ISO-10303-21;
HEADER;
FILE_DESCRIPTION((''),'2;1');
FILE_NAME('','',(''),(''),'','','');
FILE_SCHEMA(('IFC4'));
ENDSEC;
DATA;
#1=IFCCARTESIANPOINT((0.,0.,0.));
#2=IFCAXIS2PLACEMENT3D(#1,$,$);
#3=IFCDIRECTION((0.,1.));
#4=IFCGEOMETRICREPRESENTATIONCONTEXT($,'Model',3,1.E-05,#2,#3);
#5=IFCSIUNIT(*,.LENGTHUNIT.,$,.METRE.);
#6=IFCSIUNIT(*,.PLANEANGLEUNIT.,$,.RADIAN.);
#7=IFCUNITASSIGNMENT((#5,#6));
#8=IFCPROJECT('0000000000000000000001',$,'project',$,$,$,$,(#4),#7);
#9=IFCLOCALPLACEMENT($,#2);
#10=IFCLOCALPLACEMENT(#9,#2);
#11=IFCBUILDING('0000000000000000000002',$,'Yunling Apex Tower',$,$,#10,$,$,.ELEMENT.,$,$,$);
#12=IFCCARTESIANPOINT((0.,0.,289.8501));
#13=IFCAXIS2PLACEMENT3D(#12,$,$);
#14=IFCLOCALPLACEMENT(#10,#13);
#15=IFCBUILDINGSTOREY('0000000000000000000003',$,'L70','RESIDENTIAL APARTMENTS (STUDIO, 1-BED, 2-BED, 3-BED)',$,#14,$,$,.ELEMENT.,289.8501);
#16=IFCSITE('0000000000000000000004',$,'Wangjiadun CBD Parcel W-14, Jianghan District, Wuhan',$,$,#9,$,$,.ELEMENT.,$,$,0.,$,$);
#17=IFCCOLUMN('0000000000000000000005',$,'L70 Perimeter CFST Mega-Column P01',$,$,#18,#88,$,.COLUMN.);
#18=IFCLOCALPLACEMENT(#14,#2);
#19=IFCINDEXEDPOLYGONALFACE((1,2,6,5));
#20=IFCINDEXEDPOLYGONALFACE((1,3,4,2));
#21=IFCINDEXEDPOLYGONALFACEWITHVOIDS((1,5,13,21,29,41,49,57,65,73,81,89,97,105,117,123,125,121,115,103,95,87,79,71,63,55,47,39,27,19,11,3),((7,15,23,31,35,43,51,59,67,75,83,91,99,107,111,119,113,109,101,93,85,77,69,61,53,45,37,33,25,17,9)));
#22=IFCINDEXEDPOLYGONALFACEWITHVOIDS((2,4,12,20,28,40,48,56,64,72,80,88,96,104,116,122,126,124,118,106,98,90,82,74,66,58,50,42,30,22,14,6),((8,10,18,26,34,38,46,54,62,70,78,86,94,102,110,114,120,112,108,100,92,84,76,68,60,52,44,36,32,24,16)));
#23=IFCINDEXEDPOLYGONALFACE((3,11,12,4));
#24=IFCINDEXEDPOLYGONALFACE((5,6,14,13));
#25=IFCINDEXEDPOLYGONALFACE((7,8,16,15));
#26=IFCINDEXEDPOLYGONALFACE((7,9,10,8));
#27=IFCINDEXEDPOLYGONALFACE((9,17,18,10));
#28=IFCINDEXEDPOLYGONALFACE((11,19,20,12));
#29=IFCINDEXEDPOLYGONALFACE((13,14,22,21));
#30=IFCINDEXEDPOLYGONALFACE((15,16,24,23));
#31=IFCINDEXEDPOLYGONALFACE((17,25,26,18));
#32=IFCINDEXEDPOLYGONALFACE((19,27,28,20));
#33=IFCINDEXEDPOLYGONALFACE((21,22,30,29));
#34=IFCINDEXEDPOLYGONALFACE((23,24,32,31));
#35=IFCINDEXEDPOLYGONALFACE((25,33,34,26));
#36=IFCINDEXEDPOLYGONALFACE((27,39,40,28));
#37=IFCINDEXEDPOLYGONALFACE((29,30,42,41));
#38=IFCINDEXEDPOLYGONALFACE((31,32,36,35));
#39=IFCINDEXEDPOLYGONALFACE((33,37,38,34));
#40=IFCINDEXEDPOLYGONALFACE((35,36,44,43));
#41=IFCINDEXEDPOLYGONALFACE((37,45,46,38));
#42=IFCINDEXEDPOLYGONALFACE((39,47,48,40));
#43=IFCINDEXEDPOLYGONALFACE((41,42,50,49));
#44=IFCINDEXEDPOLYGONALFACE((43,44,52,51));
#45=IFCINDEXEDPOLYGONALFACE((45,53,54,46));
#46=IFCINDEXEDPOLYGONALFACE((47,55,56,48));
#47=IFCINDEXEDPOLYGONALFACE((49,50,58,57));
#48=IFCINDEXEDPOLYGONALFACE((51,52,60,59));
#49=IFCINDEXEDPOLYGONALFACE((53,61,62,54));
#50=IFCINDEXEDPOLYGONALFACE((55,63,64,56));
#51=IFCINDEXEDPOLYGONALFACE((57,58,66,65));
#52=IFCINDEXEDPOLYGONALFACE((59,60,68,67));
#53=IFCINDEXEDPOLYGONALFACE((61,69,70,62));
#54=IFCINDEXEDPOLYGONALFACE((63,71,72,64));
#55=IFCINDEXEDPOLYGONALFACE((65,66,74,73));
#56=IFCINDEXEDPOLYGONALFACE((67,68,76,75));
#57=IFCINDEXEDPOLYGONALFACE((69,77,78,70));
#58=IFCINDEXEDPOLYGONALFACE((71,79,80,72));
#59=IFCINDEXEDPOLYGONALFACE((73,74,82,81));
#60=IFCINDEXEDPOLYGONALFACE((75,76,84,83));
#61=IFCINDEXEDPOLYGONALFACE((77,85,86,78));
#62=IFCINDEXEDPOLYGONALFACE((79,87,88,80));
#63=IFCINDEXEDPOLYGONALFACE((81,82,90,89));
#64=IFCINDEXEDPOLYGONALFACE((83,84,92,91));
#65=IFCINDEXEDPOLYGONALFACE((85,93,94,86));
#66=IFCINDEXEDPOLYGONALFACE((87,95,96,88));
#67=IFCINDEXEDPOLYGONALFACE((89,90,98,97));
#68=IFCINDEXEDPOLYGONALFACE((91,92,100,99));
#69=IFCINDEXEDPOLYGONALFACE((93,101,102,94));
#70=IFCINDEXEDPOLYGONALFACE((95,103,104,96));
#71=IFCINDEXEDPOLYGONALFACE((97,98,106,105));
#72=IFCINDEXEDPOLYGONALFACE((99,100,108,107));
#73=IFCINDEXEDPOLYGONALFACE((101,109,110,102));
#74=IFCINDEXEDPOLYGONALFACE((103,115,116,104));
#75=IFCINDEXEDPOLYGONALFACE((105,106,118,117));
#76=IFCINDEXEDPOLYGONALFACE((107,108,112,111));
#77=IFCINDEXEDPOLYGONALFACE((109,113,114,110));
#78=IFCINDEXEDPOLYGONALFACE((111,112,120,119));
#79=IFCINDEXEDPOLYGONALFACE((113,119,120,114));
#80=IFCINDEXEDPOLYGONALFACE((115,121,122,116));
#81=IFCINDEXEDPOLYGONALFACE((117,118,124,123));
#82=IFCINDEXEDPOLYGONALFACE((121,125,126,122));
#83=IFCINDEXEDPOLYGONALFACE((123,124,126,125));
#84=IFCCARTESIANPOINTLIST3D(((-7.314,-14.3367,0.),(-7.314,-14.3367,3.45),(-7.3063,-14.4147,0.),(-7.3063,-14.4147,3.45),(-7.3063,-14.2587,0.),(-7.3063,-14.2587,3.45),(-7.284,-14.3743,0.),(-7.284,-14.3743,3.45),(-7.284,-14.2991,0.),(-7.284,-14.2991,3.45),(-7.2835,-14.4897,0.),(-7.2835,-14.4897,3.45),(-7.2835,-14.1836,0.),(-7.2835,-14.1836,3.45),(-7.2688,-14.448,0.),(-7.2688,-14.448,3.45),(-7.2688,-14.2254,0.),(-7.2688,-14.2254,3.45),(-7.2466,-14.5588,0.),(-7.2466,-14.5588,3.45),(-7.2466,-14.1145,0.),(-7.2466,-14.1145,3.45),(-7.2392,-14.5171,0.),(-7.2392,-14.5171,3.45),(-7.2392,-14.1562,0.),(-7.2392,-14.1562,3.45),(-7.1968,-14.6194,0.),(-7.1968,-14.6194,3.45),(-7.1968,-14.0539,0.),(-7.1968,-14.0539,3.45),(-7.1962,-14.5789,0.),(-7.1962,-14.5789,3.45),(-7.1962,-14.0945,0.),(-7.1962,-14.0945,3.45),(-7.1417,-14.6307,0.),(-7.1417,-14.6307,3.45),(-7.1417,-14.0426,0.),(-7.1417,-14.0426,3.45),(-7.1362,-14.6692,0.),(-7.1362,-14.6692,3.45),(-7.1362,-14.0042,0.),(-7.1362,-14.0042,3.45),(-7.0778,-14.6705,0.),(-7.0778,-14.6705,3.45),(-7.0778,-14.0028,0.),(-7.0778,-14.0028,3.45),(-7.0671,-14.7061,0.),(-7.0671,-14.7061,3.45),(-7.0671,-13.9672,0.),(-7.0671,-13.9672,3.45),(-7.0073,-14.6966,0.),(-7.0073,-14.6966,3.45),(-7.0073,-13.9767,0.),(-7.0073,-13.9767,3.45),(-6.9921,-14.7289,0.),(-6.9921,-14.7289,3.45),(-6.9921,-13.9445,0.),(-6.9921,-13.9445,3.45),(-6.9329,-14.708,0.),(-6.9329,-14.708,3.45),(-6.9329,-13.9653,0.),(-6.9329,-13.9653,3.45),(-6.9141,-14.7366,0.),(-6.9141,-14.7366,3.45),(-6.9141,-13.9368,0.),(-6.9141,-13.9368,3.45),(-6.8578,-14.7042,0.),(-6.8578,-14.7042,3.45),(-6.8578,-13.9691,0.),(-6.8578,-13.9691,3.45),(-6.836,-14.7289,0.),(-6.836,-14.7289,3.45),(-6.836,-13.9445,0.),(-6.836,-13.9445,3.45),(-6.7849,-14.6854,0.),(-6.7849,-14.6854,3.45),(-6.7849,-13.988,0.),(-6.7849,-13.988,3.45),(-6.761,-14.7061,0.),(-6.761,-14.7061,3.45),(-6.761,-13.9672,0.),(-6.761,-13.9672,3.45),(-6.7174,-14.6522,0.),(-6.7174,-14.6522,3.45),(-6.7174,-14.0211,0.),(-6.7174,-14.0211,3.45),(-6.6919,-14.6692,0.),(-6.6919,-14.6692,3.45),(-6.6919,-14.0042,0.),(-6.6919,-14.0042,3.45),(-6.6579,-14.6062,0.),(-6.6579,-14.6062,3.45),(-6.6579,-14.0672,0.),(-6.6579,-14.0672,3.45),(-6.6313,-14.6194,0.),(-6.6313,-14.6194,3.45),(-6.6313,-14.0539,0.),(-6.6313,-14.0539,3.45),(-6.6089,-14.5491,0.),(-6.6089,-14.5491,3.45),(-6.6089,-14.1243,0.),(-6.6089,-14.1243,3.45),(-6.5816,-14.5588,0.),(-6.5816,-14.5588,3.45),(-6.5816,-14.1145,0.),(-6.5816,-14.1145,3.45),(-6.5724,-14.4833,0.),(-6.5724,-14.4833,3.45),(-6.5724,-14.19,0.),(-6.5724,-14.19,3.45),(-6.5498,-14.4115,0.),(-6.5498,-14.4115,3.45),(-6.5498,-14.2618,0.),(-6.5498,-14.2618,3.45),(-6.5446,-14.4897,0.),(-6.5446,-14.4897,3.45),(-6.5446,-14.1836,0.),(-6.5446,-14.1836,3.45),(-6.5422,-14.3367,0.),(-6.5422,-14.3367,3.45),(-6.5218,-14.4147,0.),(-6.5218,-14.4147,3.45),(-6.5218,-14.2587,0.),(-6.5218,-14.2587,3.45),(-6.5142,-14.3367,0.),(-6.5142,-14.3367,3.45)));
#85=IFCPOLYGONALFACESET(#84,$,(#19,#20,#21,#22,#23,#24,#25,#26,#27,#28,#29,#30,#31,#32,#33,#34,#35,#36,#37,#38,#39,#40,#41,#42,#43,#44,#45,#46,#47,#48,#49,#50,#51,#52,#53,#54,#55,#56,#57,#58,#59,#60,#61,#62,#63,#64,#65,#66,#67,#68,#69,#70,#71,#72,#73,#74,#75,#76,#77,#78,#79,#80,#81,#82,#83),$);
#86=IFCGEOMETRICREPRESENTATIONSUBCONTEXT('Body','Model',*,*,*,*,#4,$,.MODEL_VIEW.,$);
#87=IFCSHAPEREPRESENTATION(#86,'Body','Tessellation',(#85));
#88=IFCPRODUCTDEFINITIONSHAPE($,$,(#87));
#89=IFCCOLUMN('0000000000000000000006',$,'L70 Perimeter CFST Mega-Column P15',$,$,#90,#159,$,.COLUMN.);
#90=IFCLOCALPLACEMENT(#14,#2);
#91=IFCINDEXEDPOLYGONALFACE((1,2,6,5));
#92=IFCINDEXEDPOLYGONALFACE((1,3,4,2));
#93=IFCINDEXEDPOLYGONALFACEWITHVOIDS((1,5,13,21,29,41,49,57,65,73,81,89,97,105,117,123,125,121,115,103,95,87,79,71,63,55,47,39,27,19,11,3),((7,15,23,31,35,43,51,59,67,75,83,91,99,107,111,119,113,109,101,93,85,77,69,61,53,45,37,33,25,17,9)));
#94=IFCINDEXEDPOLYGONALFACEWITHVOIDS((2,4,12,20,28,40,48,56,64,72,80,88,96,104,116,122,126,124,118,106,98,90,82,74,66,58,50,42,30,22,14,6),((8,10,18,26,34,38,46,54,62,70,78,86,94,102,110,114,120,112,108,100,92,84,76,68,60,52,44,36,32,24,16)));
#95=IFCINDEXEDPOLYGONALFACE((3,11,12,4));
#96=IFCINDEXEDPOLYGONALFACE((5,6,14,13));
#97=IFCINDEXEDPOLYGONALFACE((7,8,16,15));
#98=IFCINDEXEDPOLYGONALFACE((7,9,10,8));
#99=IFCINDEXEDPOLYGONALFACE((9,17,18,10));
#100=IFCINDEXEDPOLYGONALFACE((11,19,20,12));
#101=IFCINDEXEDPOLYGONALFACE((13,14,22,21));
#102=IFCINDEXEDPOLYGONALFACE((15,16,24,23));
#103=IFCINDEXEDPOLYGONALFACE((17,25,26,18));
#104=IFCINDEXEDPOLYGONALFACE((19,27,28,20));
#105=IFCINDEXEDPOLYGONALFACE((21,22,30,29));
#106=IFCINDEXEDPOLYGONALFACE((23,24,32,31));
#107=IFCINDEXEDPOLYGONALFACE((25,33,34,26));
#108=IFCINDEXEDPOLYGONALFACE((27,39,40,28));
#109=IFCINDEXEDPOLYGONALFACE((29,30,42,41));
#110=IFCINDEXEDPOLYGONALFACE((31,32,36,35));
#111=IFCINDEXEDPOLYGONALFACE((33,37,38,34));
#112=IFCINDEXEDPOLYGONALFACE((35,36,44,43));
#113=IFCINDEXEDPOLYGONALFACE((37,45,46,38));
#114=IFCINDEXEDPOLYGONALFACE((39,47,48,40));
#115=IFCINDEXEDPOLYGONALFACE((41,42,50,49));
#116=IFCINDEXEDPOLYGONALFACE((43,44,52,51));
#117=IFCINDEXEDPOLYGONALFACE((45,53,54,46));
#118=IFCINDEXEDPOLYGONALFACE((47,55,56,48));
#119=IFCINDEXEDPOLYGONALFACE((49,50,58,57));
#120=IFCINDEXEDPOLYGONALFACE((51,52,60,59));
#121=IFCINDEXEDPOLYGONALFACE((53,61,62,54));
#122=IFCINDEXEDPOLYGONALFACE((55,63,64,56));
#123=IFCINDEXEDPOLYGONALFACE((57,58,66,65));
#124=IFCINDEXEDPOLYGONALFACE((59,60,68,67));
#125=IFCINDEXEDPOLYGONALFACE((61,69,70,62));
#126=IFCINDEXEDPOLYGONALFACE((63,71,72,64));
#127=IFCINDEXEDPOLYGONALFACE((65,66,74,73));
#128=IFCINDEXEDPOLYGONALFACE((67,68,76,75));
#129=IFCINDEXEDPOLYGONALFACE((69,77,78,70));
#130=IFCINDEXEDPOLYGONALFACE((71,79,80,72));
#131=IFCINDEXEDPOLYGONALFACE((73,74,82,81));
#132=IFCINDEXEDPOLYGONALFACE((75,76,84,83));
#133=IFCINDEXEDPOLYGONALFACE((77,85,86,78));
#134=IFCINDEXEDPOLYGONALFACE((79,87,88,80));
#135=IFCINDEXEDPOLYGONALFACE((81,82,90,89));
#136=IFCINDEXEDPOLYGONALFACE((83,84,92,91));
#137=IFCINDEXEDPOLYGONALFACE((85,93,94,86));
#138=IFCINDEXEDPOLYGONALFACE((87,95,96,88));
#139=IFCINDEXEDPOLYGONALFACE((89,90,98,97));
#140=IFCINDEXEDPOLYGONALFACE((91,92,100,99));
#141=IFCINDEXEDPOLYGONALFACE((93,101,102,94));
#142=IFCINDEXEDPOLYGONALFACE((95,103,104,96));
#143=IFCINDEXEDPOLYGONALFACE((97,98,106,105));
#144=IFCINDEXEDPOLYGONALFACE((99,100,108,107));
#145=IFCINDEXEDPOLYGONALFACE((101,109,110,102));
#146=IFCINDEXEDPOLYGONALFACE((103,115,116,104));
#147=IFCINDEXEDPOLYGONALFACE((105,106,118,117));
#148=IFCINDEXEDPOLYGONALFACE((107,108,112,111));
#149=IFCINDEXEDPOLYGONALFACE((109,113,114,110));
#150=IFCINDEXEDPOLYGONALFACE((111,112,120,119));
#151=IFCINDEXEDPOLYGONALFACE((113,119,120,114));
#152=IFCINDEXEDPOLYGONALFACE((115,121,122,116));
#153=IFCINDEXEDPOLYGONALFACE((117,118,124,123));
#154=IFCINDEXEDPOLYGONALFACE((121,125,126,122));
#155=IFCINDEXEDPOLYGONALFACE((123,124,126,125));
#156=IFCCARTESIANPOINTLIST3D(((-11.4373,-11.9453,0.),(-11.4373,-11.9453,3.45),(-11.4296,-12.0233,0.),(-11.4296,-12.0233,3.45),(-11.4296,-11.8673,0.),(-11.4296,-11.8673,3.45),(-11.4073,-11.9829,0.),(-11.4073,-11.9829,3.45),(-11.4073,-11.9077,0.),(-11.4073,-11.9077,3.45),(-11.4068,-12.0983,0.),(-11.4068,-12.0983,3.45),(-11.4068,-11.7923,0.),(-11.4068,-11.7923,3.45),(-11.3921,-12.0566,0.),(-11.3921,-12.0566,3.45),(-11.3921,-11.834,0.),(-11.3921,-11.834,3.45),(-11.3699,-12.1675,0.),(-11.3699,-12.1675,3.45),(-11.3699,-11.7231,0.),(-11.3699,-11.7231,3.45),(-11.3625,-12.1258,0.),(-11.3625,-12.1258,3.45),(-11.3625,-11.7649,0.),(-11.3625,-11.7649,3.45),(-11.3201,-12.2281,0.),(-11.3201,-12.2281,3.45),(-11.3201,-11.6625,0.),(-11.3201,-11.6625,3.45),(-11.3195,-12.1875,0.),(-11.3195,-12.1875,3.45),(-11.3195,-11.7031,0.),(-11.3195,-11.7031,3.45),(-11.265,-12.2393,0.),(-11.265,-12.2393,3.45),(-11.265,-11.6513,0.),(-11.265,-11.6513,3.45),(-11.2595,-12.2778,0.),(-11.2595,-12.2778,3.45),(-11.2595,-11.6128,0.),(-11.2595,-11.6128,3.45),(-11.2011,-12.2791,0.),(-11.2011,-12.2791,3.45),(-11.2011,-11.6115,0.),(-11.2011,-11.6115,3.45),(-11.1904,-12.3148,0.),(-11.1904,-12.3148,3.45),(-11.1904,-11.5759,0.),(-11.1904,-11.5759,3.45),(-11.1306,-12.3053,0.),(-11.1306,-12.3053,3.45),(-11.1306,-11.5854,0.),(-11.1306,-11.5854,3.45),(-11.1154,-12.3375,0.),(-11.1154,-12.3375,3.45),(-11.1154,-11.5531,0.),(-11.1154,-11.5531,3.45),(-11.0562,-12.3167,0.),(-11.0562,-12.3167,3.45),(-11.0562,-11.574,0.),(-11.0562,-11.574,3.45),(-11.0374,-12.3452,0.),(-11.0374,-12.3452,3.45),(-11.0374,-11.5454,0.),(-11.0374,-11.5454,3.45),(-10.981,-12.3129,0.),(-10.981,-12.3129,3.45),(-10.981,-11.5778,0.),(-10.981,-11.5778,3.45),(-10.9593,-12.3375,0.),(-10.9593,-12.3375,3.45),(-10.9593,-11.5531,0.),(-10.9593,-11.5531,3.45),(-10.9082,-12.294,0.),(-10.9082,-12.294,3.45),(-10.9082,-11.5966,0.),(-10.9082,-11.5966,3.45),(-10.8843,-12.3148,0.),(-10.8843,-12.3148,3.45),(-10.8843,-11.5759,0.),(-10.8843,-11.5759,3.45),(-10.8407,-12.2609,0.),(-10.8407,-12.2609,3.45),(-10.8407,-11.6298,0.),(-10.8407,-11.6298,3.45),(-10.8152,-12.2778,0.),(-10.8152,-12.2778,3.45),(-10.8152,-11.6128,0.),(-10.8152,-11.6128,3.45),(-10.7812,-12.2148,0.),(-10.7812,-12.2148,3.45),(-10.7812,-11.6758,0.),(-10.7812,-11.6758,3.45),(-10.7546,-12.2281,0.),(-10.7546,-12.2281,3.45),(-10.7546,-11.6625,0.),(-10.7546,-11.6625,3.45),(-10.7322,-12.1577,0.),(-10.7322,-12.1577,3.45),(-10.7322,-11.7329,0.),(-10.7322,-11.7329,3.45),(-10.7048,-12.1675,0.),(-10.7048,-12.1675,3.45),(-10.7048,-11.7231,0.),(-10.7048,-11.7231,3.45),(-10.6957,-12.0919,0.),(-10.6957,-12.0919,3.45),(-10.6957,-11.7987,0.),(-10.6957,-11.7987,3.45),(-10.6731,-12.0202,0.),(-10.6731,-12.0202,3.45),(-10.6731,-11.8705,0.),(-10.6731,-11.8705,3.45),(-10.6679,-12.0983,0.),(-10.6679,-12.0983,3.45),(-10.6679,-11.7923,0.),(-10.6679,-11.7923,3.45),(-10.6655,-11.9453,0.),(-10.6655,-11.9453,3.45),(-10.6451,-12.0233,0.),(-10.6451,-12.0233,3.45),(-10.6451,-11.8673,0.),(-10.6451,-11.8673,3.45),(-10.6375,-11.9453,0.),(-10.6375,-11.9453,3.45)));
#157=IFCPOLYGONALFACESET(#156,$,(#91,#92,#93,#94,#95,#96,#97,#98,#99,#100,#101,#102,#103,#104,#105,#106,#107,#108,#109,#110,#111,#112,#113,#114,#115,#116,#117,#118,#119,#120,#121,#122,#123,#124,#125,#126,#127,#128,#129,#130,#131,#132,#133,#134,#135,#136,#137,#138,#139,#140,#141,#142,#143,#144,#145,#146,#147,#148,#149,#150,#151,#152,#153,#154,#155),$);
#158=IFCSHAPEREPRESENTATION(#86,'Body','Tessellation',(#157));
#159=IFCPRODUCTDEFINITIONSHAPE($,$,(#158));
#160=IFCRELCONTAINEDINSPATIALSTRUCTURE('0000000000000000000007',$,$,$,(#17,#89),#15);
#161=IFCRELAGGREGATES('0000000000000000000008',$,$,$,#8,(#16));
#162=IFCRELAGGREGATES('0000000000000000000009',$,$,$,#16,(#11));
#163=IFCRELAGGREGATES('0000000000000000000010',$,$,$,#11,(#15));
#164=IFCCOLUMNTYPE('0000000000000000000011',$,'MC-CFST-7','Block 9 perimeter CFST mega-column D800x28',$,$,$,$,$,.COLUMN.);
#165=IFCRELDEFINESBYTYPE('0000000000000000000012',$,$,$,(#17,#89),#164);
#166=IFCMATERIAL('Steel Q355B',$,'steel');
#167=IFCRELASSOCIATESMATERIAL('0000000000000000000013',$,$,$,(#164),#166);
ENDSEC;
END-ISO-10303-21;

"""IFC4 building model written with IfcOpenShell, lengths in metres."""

from ifc_helpers import new_model, si_unit, direction, frame, origin, origin_2d, place, context, subcontext, project, spatial, hollow_circle, extrude, source, transform, mapped, material, material_profile, profile_set, type_object, element, save


model = new_model("IFC4")

# Units and contexts
model_context = context("Model", 3, precision=1e-05, world=origin(), true_north=direction((0.0, 1.0)))
body_context = subcontext(model_context, "Body", "Model", "MODEL_VIEW")
ifc_project = project(units=[si_unit("LENGTHUNIT", "METRE"), si_unit("PLANEANGLEUNIT", "RADIAN")], contexts=[model_context])

# Site, building, storey
site_placement = place(None, origin())
site = spatial("IfcSite", under=ifc_project, at=site_placement, Name="Wangjiadun CBD Parcel W-14, Jianghan District, Wuhan", CompositionType="ELEMENT", RefElevation=0.0)
building_placement = place(site_placement, origin())
building = spatial("IfcBuilding", under=site, at=building_placement, Name="Yunling Apex Tower", CompositionType="ELEMENT")
storey_placement = place(building_placement, frame((0.0, 0.0, 289.8501)))
storey = spatial("IfcBuildingStorey", under=building, at=storey_placement, Name="L70", Description="RESIDENTIAL APARTMENTS (STUDIO, 1-BED, 2-BED, 3-BED)", CompositionType="ELEMENT", Elevation=289.8501)

# Columns
ifc_material_1 = material(Name="Steel Q355B", Category="steel")
ifc_material_profile_1 = material_profile(ifc_material_1, hollow_circle(Radius=0.3999, WallThickness=0.0281, at=origin_2d()))
ifc_profile_set_1 = profile_set([ifc_material_profile_1], Name="Steel Q355B")
column_type = type_object("IfcColumnType", Name="MC-CFST-7", Description="Block 9 perimeter CFST mega-column D800x28", PredefinedType="COLUMN", material=ifc_profile_set_1)
shared_shape_1 = source(origin(), body_context, "Body", "SweptSolid", [
    extrude(hollow_circle(Radius=0.3999, WallThickness=0.0281, at=origin_2d()), origin(), (0.0, 0.0, 1.0), 3.45),
])
for number, where, z_axis, x_axis, name in (
    (1, (-6.9141, -14.3367, 0.0), (0.0, 0.0, 1.0), (1.0, 0.0, 0.0), "L70 Perimeter CFST Mega-Column P01"),
    (2, (-11.0374, -11.9453, 0.0), (0.0, 0.0, 1.0), (1.0, 0.0, 0.0), "L70 Perimeter CFST Mega-Column P15"),
):
    element("IfcColumn", number, at=place(storey_placement, frame(where, z_axis=z_axis, x_axis=x_axis)), inside=storey, type_object=column_type, Name=name, PredefinedType="COLUMN", context=body_context, shape_type="MappedRepresentation", body=[
        mapped(shared_shape_1, transform((0.0, 0.0, 0.0), scale=1.0)),
    ])

save(model, "model.ifc")
